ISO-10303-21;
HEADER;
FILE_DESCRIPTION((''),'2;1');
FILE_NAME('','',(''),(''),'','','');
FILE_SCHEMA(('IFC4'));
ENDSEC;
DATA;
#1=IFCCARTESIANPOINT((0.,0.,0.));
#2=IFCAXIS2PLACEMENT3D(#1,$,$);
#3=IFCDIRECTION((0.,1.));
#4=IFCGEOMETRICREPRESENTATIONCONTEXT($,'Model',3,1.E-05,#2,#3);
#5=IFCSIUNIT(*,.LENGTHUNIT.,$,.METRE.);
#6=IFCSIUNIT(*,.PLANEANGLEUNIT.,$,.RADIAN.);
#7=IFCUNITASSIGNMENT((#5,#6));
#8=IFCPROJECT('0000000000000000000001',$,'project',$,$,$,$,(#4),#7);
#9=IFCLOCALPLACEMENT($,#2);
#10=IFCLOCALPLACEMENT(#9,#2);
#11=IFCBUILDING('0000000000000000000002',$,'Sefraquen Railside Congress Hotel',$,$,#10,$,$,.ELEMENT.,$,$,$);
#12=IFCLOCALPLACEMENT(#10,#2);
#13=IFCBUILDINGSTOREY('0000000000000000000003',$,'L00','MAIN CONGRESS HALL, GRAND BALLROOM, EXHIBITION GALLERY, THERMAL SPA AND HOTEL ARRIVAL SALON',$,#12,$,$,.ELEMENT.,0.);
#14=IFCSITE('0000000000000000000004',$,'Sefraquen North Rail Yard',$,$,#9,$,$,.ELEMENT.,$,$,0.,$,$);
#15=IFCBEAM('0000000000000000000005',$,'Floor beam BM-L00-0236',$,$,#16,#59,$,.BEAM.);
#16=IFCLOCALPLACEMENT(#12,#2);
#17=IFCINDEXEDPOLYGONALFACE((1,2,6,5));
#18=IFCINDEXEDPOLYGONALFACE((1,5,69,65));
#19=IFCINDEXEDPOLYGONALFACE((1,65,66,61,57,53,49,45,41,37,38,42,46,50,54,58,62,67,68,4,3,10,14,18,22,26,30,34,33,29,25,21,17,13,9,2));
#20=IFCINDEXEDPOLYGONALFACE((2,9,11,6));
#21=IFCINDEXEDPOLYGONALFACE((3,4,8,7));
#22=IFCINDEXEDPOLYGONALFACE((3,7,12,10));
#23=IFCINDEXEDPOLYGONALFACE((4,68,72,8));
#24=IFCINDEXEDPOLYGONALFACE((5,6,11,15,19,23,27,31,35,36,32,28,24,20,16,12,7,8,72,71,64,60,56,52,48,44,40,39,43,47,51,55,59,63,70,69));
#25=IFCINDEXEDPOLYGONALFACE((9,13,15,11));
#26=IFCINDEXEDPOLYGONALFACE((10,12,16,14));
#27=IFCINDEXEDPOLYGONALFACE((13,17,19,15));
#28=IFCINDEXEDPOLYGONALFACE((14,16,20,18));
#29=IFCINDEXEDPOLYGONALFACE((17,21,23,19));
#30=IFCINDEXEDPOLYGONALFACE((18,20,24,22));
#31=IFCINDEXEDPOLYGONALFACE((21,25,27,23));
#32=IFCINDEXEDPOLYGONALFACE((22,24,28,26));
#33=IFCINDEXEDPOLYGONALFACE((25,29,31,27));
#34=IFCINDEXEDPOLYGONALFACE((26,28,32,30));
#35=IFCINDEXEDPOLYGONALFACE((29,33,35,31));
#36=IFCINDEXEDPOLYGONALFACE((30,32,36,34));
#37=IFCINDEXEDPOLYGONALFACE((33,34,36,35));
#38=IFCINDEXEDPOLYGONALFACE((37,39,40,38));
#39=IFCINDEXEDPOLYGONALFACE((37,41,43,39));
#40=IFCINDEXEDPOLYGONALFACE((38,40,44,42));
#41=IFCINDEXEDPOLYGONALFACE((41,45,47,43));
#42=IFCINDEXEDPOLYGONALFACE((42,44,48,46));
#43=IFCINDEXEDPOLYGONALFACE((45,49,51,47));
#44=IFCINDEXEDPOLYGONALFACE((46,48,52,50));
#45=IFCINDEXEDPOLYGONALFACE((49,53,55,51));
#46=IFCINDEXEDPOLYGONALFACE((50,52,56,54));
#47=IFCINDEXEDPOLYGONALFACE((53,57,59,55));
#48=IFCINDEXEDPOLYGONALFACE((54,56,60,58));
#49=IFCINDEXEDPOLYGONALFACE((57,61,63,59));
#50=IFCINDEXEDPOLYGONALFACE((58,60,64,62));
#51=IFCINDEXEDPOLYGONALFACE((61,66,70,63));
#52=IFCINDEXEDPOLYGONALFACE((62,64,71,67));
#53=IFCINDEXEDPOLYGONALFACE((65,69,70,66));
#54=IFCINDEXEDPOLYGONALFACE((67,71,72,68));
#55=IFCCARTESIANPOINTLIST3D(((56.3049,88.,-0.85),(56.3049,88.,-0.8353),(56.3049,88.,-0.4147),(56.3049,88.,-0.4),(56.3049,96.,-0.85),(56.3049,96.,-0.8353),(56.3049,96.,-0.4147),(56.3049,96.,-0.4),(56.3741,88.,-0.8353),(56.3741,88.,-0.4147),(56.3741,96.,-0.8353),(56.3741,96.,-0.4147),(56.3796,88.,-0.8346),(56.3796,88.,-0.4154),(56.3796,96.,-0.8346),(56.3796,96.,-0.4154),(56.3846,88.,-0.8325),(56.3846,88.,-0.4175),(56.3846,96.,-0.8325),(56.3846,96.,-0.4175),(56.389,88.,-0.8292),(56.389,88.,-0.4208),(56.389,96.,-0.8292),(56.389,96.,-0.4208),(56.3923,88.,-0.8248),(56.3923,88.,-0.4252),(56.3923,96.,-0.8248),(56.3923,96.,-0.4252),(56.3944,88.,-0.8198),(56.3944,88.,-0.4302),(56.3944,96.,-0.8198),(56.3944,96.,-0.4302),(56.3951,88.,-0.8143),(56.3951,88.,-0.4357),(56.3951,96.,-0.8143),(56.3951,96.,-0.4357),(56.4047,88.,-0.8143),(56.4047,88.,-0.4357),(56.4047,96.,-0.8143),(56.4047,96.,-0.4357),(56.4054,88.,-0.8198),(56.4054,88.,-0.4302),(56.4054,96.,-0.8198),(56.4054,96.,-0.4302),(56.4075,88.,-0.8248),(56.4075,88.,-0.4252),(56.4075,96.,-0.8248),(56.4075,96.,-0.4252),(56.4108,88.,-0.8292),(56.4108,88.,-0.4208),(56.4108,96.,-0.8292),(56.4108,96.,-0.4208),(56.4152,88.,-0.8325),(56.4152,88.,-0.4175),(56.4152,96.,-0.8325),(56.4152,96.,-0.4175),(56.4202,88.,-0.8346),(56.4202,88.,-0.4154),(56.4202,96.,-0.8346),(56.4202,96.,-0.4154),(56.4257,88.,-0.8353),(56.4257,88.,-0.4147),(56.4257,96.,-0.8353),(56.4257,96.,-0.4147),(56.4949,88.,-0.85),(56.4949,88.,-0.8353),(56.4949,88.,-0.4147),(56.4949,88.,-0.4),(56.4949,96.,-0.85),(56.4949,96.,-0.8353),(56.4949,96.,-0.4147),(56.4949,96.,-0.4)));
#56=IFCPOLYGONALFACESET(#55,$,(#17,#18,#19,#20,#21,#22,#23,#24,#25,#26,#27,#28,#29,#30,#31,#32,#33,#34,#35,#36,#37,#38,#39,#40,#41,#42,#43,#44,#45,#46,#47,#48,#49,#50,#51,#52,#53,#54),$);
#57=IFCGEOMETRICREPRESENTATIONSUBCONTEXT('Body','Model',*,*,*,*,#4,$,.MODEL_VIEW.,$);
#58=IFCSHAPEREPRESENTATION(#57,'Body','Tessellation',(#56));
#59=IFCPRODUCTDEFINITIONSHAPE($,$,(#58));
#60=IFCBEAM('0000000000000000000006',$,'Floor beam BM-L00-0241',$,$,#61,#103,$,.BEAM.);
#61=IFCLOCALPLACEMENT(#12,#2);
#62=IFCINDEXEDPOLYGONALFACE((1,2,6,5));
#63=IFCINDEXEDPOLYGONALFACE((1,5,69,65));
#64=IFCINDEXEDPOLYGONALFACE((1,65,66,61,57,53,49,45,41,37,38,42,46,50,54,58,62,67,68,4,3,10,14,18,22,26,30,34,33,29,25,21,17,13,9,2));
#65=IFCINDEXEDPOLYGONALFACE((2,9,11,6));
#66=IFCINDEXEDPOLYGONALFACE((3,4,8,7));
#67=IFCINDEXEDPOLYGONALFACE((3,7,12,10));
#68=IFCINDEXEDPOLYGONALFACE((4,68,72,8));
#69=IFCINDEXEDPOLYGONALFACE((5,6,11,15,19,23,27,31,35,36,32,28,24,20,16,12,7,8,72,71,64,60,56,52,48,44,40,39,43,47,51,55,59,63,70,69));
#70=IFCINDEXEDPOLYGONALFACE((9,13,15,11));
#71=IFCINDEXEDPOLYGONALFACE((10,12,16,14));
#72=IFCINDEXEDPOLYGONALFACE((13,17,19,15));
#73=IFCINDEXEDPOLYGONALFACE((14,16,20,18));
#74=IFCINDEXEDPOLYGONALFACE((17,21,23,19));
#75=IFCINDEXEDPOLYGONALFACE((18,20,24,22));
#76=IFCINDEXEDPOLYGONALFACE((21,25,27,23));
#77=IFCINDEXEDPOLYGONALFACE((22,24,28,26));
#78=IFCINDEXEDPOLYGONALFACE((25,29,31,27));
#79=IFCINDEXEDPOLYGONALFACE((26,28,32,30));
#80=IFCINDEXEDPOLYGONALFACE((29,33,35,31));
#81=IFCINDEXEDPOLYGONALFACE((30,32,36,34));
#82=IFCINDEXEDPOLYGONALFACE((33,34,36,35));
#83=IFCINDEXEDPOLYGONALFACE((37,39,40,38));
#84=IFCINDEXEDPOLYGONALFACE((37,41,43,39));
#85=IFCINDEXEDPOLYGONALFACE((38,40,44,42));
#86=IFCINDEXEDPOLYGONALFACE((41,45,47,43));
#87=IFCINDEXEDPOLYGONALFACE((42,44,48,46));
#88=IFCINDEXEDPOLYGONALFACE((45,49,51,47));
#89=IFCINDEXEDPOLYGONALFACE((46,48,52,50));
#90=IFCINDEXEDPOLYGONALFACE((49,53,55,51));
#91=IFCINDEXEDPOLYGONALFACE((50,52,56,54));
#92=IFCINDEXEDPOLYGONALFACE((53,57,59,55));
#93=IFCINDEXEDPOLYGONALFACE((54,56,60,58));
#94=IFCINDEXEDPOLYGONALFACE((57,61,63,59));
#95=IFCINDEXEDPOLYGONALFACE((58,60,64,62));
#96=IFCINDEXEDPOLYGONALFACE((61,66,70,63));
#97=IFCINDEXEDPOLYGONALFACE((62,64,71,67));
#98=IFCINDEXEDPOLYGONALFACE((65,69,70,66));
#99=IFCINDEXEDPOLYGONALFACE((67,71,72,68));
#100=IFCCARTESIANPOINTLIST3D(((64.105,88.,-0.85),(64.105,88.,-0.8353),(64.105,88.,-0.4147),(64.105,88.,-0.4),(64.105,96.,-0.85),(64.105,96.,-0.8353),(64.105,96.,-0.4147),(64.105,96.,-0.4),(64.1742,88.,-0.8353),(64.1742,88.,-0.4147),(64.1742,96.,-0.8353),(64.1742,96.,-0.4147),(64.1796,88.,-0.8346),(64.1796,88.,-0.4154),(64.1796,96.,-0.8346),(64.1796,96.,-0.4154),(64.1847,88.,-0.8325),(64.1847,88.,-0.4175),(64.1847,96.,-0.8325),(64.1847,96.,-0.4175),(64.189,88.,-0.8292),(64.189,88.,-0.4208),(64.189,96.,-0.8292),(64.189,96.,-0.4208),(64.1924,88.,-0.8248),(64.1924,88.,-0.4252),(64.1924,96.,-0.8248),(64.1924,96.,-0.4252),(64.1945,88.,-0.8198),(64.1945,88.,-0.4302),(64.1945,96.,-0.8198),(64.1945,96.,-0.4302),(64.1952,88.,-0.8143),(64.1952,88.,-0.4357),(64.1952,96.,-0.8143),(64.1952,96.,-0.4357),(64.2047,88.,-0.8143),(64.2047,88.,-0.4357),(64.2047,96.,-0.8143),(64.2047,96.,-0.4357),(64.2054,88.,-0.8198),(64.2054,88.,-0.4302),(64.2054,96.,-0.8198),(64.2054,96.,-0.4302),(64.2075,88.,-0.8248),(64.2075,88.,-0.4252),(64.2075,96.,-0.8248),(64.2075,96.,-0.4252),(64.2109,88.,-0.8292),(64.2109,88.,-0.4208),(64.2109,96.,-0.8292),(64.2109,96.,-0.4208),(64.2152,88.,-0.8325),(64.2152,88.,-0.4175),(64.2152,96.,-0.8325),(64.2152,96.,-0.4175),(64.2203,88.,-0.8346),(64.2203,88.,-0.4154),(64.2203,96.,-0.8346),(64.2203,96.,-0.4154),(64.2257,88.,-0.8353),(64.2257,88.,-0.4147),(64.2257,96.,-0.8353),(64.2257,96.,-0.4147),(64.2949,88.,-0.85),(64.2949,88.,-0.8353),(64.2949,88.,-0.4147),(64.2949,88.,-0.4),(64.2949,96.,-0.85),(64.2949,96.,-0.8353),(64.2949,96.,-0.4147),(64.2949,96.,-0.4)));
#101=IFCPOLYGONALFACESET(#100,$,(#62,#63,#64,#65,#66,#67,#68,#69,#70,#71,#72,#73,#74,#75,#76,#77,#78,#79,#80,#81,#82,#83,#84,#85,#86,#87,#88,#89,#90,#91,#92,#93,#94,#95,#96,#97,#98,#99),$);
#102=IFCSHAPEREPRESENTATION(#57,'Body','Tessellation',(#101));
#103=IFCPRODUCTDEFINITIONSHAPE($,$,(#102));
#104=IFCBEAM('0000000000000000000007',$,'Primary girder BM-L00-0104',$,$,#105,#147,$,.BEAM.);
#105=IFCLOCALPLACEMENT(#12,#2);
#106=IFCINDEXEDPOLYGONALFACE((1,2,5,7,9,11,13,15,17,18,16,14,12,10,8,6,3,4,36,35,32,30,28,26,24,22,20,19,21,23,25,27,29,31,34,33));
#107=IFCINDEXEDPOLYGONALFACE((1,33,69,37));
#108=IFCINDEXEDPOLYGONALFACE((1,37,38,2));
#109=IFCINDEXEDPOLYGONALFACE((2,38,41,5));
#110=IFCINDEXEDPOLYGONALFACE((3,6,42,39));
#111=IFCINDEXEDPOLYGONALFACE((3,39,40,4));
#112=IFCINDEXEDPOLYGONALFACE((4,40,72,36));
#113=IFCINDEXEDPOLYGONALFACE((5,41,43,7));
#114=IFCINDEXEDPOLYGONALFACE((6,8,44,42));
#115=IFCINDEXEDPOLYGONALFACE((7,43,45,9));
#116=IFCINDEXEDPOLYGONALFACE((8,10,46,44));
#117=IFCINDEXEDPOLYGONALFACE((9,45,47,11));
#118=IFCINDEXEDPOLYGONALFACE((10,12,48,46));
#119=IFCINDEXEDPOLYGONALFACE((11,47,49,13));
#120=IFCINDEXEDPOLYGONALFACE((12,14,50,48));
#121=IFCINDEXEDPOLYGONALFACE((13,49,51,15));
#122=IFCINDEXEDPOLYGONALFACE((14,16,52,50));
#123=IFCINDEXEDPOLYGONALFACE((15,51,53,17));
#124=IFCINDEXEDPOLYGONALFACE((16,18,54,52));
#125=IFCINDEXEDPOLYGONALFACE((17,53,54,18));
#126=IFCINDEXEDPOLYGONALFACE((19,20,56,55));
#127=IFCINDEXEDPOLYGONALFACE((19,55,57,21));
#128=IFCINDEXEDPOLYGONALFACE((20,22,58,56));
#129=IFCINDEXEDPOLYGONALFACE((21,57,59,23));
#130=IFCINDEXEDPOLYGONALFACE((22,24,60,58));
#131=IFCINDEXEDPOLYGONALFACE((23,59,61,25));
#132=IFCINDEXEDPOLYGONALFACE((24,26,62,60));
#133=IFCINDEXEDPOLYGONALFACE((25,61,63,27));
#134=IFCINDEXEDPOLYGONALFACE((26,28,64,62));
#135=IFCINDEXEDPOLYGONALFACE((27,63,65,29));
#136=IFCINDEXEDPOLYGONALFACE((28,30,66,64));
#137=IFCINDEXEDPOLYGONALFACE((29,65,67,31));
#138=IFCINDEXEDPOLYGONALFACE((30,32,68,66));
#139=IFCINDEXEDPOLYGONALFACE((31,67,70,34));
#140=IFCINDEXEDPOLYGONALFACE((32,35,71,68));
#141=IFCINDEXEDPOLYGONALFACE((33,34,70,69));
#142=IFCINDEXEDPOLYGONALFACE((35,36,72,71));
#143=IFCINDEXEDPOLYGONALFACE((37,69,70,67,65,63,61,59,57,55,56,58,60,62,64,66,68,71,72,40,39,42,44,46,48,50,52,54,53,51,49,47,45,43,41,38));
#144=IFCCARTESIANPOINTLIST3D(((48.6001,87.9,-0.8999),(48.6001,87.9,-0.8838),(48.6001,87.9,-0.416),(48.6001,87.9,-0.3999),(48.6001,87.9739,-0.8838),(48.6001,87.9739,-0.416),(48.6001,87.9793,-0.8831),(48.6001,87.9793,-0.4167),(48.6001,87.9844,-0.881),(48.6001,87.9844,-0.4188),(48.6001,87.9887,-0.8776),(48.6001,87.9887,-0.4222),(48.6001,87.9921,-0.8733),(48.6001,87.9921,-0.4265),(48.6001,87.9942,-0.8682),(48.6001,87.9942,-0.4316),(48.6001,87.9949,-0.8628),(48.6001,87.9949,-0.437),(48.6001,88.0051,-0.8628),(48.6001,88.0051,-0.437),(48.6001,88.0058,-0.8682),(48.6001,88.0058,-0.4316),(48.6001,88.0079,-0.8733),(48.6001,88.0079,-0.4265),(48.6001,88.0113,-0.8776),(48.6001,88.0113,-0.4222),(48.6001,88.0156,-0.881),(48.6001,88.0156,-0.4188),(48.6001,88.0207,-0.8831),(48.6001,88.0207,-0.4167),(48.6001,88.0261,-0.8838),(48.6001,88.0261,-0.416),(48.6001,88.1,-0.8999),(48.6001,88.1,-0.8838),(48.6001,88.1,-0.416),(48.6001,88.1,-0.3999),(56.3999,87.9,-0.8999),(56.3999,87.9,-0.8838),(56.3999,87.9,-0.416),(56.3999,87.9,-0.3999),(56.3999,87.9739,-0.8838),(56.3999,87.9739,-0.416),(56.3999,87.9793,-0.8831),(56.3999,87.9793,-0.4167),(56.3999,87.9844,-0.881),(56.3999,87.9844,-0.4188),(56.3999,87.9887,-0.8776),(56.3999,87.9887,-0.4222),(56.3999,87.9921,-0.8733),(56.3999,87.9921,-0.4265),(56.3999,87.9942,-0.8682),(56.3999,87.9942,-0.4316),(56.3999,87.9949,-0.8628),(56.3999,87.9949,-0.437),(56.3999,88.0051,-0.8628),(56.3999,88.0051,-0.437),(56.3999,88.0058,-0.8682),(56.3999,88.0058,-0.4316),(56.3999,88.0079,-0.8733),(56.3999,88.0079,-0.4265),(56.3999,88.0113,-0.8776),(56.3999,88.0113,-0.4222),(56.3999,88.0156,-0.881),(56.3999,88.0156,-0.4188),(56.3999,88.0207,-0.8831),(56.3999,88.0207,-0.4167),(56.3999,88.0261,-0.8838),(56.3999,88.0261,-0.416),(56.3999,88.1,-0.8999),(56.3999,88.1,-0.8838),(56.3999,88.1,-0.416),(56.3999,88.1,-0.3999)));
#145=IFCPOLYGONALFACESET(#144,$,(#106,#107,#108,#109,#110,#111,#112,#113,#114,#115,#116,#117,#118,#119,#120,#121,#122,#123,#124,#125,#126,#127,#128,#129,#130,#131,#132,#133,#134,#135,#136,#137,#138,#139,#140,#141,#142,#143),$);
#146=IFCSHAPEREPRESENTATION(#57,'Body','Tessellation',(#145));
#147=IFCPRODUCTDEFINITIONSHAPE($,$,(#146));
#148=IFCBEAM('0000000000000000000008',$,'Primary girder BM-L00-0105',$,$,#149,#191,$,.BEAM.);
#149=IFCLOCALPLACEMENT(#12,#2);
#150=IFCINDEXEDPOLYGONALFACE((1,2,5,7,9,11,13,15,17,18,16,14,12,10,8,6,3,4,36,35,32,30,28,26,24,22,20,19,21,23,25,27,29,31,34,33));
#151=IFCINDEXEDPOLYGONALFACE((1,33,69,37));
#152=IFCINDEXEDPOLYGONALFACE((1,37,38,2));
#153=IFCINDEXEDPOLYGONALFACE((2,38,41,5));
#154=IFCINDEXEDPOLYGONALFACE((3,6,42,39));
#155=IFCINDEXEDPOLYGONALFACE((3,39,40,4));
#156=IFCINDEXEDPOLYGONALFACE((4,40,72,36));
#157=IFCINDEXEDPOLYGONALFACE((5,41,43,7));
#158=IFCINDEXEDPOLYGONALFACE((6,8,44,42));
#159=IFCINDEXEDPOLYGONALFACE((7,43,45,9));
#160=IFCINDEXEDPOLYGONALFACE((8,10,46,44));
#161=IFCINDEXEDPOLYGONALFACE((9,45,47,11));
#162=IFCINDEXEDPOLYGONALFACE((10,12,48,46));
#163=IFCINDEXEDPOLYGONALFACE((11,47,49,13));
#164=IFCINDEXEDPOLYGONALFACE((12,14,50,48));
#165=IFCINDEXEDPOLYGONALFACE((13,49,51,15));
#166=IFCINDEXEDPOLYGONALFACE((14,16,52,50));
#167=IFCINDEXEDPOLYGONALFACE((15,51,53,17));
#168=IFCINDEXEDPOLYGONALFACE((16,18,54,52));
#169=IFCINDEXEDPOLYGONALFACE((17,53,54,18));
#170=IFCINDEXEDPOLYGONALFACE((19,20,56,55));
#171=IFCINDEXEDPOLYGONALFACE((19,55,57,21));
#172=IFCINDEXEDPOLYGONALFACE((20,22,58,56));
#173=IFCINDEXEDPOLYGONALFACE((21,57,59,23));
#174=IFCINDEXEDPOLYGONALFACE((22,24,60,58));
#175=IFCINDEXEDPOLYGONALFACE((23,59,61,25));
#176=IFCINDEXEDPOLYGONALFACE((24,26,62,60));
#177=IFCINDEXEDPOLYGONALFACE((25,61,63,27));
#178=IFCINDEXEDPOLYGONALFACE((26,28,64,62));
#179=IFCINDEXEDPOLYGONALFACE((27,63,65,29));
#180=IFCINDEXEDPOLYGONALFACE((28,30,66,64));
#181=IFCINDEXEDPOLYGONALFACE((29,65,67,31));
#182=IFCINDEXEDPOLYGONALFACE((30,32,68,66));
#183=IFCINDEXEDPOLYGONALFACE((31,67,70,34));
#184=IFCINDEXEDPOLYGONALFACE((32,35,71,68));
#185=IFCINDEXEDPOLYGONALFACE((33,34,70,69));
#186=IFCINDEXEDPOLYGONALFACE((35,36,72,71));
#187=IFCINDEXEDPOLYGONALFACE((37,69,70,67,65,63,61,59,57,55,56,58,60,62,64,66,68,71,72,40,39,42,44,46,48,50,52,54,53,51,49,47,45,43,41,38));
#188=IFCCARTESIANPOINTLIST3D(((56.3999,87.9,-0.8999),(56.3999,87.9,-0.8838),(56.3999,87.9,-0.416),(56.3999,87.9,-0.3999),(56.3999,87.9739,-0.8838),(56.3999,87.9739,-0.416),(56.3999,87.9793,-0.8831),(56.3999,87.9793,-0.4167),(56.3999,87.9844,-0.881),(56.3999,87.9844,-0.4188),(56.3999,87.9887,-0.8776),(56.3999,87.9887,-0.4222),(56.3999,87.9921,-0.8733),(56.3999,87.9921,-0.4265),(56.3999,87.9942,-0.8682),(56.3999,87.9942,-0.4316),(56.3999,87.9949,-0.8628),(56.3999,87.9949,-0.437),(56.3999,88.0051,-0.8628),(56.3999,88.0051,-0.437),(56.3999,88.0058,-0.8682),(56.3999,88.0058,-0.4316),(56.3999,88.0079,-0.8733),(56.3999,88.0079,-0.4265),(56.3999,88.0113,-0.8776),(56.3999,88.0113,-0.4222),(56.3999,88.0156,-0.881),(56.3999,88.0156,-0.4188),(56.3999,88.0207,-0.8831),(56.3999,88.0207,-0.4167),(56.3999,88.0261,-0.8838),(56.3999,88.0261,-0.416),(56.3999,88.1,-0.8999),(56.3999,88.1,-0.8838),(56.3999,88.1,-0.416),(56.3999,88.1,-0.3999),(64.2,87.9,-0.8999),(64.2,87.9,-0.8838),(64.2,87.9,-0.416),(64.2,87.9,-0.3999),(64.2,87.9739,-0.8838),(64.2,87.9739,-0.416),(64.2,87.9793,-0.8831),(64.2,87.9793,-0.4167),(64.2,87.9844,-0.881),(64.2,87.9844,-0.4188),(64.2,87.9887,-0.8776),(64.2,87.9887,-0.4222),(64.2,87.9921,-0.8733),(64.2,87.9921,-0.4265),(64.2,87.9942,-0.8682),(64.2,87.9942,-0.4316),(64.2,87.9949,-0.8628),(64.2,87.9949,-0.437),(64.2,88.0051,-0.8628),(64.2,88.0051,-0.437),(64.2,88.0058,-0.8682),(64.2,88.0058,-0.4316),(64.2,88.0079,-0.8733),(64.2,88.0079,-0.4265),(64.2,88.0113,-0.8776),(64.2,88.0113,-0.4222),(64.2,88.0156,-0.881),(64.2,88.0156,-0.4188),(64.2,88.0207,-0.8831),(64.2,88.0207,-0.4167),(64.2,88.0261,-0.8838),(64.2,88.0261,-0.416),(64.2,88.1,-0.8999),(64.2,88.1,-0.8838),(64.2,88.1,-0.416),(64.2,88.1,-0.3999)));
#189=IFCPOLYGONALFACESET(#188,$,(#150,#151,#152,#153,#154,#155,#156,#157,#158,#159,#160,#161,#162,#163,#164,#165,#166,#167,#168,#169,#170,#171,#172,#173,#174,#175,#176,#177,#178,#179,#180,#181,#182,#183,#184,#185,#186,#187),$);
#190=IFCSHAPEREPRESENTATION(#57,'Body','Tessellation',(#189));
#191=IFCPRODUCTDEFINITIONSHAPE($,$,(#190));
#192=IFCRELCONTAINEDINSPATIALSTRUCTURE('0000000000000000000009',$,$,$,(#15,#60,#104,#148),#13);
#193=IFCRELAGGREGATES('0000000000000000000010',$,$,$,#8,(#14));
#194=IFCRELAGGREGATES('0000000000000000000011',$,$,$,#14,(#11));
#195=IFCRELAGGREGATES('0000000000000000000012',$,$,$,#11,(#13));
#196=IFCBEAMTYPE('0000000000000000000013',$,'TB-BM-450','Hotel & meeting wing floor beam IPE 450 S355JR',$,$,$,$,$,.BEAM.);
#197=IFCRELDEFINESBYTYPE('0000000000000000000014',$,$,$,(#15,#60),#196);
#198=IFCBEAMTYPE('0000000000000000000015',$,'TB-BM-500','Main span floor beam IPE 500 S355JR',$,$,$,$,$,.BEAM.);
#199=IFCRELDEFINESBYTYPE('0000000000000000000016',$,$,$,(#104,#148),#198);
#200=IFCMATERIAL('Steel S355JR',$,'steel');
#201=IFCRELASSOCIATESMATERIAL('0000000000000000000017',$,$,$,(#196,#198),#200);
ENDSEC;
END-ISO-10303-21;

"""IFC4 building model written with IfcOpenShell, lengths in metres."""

from ifc_helpers import new_model, si_unit, direction, frame, origin, origin_2d, place, context, subcontext, project, spatial, i_section, extrude, material, material_profile, profile_set, type_object, element, save


model = new_model("IFC4")

# Units and contexts
model_context = context("Model", 3, precision=1e-05, world=origin(), true_north=direction((0.0, 1.0)))
body_context = subcontext(model_context, "Body", "Model", "MODEL_VIEW")
ifc_project = project(units=[si_unit("LENGTHUNIT", "METRE"), si_unit("PLANEANGLEUNIT", "RADIAN")], contexts=[model_context])

# Site, building, storey
site_placement = place(None, origin())
site = spatial("IfcSite", under=ifc_project, at=site_placement, Name="Sefraquen North Rail Yard", CompositionType="ELEMENT", RefElevation=0.0)
building_placement = place(site_placement, origin())
building = spatial("IfcBuilding", under=site, at=building_placement, Name="Sefraquen Railside Congress Hotel", CompositionType="ELEMENT")
storey_placement = place(building_placement, origin())
storey = spatial("IfcBuildingStorey", under=building, at=storey_placement, Name="L00", Description="MAIN CONGRESS HALL, GRAND BALLROOM, EXHIBITION GALLERY, THERMAL SPA AND HOTEL ARRIVAL SALON", CompositionType="ELEMENT", Elevation=0.0)

# Shared definitions
ifc_material_1 = material(Name="Steel S355JR", Category="steel")

# Beams
ifc_material_profile_1 = material_profile(ifc_material_1, i_section(OverallWidth=0.1899, OverallDepth=0.45, WebThickness=0.0095, FlangeThickness=0.0146, FilletRadius=0.021, at=origin_2d()), Name="IPE 450")
ifc_profile_set_1 = profile_set([ifc_material_profile_1], Name="Steel S355JR")
beam_type_1 = type_object("IfcBeamType", Name="TB-BM-450", Description="Hotel & meeting wing floor beam IPE 450 S355JR", PredefinedType="BEAM", material=ifc_profile_set_1)
for number, where, z_axis, x_axis, name in (
    (1, (56.3999, 88.0, -0.625), (0.0, 1.0, 0.0), (-1.0, 0.0, 0.0), "Floor beam BM-L00-0236"),
    (2, (64.2, 88.0, -0.625), (0.0, 1.0, 0.0), (-1.0, 0.0, 0.0), "Floor beam BM-L00-0241"),
):
    element("IfcBeam", number, at=place(storey_placement, frame(where, z_axis=z_axis, x_axis=x_axis)), inside=storey, type_object=beam_type_1, Name=name, PredefinedType="BEAM", context=body_context, shape_type="SweptSolid", body=[
        extrude(i_section(OverallWidth=0.1899, OverallDepth=0.45, WebThickness=0.0095, FlangeThickness=0.0146, FilletRadius=0.021, at=origin_2d()), origin(), (0.0, 0.0, 1.0), 8.0),
    ])
ifc_material_profile_2 = material_profile(ifc_material_1, i_section(OverallWidth=0.2, OverallDepth=0.5, WebThickness=0.0103, FlangeThickness=0.0161, FilletRadius=0.021, at=origin_2d()), Name="IPE 500")
ifc_profile_set_2 = profile_set([ifc_material_profile_2], Name="Steel S355JR")
beam_type_2 = type_object("IfcBeamType", Name="TB-BM-500", Description="Main span floor beam IPE 500 S355JR", PredefinedType="BEAM", material=ifc_profile_set_2)
beam_placement = place(storey_placement, frame((48.6001, 88.0, -0.6499), z_axis=(1.0, 0.0, 0.0), x_axis=(0.0, 1.0, 0.0)))
element("IfcBeam", 3, at=beam_placement, inside=storey, type_object=beam_type_2, Name="Primary girder BM-L00-0104", PredefinedType="BEAM", context=body_context, shape_type="SweptSolid", body=[
    extrude(i_section(OverallWidth=0.2, OverallDepth=0.5, WebThickness=0.0103, FlangeThickness=0.0161, FilletRadius=0.021, at=origin_2d()), origin(), (0.0, 0.0, 1.0), 7.7998),
])
for number, where, z_axis, x_axis, name in (
    (4, (56.3999, 88.0, -0.6499), (1.0, 0.0, 0.0), (0.0, 1.0, 0.0), "Primary girder BM-L00-0105"),
):
    element("IfcBeam", number, at=place(storey_placement, frame(where, z_axis=z_axis, x_axis=x_axis)), inside=storey, type_object=beam_type_2, Name=name, PredefinedType="BEAM", context=body_context, shape_type="SweptSolid", body=[
        extrude(i_section(OverallWidth=0.2, OverallDepth=0.5, WebThickness=0.0103, FlangeThickness=0.0161, FilletRadius=0.021, at=origin_2d()), origin(), (0.0, 0.0, 1.0), 7.8),
    ])

save(model, "model.ifc")
